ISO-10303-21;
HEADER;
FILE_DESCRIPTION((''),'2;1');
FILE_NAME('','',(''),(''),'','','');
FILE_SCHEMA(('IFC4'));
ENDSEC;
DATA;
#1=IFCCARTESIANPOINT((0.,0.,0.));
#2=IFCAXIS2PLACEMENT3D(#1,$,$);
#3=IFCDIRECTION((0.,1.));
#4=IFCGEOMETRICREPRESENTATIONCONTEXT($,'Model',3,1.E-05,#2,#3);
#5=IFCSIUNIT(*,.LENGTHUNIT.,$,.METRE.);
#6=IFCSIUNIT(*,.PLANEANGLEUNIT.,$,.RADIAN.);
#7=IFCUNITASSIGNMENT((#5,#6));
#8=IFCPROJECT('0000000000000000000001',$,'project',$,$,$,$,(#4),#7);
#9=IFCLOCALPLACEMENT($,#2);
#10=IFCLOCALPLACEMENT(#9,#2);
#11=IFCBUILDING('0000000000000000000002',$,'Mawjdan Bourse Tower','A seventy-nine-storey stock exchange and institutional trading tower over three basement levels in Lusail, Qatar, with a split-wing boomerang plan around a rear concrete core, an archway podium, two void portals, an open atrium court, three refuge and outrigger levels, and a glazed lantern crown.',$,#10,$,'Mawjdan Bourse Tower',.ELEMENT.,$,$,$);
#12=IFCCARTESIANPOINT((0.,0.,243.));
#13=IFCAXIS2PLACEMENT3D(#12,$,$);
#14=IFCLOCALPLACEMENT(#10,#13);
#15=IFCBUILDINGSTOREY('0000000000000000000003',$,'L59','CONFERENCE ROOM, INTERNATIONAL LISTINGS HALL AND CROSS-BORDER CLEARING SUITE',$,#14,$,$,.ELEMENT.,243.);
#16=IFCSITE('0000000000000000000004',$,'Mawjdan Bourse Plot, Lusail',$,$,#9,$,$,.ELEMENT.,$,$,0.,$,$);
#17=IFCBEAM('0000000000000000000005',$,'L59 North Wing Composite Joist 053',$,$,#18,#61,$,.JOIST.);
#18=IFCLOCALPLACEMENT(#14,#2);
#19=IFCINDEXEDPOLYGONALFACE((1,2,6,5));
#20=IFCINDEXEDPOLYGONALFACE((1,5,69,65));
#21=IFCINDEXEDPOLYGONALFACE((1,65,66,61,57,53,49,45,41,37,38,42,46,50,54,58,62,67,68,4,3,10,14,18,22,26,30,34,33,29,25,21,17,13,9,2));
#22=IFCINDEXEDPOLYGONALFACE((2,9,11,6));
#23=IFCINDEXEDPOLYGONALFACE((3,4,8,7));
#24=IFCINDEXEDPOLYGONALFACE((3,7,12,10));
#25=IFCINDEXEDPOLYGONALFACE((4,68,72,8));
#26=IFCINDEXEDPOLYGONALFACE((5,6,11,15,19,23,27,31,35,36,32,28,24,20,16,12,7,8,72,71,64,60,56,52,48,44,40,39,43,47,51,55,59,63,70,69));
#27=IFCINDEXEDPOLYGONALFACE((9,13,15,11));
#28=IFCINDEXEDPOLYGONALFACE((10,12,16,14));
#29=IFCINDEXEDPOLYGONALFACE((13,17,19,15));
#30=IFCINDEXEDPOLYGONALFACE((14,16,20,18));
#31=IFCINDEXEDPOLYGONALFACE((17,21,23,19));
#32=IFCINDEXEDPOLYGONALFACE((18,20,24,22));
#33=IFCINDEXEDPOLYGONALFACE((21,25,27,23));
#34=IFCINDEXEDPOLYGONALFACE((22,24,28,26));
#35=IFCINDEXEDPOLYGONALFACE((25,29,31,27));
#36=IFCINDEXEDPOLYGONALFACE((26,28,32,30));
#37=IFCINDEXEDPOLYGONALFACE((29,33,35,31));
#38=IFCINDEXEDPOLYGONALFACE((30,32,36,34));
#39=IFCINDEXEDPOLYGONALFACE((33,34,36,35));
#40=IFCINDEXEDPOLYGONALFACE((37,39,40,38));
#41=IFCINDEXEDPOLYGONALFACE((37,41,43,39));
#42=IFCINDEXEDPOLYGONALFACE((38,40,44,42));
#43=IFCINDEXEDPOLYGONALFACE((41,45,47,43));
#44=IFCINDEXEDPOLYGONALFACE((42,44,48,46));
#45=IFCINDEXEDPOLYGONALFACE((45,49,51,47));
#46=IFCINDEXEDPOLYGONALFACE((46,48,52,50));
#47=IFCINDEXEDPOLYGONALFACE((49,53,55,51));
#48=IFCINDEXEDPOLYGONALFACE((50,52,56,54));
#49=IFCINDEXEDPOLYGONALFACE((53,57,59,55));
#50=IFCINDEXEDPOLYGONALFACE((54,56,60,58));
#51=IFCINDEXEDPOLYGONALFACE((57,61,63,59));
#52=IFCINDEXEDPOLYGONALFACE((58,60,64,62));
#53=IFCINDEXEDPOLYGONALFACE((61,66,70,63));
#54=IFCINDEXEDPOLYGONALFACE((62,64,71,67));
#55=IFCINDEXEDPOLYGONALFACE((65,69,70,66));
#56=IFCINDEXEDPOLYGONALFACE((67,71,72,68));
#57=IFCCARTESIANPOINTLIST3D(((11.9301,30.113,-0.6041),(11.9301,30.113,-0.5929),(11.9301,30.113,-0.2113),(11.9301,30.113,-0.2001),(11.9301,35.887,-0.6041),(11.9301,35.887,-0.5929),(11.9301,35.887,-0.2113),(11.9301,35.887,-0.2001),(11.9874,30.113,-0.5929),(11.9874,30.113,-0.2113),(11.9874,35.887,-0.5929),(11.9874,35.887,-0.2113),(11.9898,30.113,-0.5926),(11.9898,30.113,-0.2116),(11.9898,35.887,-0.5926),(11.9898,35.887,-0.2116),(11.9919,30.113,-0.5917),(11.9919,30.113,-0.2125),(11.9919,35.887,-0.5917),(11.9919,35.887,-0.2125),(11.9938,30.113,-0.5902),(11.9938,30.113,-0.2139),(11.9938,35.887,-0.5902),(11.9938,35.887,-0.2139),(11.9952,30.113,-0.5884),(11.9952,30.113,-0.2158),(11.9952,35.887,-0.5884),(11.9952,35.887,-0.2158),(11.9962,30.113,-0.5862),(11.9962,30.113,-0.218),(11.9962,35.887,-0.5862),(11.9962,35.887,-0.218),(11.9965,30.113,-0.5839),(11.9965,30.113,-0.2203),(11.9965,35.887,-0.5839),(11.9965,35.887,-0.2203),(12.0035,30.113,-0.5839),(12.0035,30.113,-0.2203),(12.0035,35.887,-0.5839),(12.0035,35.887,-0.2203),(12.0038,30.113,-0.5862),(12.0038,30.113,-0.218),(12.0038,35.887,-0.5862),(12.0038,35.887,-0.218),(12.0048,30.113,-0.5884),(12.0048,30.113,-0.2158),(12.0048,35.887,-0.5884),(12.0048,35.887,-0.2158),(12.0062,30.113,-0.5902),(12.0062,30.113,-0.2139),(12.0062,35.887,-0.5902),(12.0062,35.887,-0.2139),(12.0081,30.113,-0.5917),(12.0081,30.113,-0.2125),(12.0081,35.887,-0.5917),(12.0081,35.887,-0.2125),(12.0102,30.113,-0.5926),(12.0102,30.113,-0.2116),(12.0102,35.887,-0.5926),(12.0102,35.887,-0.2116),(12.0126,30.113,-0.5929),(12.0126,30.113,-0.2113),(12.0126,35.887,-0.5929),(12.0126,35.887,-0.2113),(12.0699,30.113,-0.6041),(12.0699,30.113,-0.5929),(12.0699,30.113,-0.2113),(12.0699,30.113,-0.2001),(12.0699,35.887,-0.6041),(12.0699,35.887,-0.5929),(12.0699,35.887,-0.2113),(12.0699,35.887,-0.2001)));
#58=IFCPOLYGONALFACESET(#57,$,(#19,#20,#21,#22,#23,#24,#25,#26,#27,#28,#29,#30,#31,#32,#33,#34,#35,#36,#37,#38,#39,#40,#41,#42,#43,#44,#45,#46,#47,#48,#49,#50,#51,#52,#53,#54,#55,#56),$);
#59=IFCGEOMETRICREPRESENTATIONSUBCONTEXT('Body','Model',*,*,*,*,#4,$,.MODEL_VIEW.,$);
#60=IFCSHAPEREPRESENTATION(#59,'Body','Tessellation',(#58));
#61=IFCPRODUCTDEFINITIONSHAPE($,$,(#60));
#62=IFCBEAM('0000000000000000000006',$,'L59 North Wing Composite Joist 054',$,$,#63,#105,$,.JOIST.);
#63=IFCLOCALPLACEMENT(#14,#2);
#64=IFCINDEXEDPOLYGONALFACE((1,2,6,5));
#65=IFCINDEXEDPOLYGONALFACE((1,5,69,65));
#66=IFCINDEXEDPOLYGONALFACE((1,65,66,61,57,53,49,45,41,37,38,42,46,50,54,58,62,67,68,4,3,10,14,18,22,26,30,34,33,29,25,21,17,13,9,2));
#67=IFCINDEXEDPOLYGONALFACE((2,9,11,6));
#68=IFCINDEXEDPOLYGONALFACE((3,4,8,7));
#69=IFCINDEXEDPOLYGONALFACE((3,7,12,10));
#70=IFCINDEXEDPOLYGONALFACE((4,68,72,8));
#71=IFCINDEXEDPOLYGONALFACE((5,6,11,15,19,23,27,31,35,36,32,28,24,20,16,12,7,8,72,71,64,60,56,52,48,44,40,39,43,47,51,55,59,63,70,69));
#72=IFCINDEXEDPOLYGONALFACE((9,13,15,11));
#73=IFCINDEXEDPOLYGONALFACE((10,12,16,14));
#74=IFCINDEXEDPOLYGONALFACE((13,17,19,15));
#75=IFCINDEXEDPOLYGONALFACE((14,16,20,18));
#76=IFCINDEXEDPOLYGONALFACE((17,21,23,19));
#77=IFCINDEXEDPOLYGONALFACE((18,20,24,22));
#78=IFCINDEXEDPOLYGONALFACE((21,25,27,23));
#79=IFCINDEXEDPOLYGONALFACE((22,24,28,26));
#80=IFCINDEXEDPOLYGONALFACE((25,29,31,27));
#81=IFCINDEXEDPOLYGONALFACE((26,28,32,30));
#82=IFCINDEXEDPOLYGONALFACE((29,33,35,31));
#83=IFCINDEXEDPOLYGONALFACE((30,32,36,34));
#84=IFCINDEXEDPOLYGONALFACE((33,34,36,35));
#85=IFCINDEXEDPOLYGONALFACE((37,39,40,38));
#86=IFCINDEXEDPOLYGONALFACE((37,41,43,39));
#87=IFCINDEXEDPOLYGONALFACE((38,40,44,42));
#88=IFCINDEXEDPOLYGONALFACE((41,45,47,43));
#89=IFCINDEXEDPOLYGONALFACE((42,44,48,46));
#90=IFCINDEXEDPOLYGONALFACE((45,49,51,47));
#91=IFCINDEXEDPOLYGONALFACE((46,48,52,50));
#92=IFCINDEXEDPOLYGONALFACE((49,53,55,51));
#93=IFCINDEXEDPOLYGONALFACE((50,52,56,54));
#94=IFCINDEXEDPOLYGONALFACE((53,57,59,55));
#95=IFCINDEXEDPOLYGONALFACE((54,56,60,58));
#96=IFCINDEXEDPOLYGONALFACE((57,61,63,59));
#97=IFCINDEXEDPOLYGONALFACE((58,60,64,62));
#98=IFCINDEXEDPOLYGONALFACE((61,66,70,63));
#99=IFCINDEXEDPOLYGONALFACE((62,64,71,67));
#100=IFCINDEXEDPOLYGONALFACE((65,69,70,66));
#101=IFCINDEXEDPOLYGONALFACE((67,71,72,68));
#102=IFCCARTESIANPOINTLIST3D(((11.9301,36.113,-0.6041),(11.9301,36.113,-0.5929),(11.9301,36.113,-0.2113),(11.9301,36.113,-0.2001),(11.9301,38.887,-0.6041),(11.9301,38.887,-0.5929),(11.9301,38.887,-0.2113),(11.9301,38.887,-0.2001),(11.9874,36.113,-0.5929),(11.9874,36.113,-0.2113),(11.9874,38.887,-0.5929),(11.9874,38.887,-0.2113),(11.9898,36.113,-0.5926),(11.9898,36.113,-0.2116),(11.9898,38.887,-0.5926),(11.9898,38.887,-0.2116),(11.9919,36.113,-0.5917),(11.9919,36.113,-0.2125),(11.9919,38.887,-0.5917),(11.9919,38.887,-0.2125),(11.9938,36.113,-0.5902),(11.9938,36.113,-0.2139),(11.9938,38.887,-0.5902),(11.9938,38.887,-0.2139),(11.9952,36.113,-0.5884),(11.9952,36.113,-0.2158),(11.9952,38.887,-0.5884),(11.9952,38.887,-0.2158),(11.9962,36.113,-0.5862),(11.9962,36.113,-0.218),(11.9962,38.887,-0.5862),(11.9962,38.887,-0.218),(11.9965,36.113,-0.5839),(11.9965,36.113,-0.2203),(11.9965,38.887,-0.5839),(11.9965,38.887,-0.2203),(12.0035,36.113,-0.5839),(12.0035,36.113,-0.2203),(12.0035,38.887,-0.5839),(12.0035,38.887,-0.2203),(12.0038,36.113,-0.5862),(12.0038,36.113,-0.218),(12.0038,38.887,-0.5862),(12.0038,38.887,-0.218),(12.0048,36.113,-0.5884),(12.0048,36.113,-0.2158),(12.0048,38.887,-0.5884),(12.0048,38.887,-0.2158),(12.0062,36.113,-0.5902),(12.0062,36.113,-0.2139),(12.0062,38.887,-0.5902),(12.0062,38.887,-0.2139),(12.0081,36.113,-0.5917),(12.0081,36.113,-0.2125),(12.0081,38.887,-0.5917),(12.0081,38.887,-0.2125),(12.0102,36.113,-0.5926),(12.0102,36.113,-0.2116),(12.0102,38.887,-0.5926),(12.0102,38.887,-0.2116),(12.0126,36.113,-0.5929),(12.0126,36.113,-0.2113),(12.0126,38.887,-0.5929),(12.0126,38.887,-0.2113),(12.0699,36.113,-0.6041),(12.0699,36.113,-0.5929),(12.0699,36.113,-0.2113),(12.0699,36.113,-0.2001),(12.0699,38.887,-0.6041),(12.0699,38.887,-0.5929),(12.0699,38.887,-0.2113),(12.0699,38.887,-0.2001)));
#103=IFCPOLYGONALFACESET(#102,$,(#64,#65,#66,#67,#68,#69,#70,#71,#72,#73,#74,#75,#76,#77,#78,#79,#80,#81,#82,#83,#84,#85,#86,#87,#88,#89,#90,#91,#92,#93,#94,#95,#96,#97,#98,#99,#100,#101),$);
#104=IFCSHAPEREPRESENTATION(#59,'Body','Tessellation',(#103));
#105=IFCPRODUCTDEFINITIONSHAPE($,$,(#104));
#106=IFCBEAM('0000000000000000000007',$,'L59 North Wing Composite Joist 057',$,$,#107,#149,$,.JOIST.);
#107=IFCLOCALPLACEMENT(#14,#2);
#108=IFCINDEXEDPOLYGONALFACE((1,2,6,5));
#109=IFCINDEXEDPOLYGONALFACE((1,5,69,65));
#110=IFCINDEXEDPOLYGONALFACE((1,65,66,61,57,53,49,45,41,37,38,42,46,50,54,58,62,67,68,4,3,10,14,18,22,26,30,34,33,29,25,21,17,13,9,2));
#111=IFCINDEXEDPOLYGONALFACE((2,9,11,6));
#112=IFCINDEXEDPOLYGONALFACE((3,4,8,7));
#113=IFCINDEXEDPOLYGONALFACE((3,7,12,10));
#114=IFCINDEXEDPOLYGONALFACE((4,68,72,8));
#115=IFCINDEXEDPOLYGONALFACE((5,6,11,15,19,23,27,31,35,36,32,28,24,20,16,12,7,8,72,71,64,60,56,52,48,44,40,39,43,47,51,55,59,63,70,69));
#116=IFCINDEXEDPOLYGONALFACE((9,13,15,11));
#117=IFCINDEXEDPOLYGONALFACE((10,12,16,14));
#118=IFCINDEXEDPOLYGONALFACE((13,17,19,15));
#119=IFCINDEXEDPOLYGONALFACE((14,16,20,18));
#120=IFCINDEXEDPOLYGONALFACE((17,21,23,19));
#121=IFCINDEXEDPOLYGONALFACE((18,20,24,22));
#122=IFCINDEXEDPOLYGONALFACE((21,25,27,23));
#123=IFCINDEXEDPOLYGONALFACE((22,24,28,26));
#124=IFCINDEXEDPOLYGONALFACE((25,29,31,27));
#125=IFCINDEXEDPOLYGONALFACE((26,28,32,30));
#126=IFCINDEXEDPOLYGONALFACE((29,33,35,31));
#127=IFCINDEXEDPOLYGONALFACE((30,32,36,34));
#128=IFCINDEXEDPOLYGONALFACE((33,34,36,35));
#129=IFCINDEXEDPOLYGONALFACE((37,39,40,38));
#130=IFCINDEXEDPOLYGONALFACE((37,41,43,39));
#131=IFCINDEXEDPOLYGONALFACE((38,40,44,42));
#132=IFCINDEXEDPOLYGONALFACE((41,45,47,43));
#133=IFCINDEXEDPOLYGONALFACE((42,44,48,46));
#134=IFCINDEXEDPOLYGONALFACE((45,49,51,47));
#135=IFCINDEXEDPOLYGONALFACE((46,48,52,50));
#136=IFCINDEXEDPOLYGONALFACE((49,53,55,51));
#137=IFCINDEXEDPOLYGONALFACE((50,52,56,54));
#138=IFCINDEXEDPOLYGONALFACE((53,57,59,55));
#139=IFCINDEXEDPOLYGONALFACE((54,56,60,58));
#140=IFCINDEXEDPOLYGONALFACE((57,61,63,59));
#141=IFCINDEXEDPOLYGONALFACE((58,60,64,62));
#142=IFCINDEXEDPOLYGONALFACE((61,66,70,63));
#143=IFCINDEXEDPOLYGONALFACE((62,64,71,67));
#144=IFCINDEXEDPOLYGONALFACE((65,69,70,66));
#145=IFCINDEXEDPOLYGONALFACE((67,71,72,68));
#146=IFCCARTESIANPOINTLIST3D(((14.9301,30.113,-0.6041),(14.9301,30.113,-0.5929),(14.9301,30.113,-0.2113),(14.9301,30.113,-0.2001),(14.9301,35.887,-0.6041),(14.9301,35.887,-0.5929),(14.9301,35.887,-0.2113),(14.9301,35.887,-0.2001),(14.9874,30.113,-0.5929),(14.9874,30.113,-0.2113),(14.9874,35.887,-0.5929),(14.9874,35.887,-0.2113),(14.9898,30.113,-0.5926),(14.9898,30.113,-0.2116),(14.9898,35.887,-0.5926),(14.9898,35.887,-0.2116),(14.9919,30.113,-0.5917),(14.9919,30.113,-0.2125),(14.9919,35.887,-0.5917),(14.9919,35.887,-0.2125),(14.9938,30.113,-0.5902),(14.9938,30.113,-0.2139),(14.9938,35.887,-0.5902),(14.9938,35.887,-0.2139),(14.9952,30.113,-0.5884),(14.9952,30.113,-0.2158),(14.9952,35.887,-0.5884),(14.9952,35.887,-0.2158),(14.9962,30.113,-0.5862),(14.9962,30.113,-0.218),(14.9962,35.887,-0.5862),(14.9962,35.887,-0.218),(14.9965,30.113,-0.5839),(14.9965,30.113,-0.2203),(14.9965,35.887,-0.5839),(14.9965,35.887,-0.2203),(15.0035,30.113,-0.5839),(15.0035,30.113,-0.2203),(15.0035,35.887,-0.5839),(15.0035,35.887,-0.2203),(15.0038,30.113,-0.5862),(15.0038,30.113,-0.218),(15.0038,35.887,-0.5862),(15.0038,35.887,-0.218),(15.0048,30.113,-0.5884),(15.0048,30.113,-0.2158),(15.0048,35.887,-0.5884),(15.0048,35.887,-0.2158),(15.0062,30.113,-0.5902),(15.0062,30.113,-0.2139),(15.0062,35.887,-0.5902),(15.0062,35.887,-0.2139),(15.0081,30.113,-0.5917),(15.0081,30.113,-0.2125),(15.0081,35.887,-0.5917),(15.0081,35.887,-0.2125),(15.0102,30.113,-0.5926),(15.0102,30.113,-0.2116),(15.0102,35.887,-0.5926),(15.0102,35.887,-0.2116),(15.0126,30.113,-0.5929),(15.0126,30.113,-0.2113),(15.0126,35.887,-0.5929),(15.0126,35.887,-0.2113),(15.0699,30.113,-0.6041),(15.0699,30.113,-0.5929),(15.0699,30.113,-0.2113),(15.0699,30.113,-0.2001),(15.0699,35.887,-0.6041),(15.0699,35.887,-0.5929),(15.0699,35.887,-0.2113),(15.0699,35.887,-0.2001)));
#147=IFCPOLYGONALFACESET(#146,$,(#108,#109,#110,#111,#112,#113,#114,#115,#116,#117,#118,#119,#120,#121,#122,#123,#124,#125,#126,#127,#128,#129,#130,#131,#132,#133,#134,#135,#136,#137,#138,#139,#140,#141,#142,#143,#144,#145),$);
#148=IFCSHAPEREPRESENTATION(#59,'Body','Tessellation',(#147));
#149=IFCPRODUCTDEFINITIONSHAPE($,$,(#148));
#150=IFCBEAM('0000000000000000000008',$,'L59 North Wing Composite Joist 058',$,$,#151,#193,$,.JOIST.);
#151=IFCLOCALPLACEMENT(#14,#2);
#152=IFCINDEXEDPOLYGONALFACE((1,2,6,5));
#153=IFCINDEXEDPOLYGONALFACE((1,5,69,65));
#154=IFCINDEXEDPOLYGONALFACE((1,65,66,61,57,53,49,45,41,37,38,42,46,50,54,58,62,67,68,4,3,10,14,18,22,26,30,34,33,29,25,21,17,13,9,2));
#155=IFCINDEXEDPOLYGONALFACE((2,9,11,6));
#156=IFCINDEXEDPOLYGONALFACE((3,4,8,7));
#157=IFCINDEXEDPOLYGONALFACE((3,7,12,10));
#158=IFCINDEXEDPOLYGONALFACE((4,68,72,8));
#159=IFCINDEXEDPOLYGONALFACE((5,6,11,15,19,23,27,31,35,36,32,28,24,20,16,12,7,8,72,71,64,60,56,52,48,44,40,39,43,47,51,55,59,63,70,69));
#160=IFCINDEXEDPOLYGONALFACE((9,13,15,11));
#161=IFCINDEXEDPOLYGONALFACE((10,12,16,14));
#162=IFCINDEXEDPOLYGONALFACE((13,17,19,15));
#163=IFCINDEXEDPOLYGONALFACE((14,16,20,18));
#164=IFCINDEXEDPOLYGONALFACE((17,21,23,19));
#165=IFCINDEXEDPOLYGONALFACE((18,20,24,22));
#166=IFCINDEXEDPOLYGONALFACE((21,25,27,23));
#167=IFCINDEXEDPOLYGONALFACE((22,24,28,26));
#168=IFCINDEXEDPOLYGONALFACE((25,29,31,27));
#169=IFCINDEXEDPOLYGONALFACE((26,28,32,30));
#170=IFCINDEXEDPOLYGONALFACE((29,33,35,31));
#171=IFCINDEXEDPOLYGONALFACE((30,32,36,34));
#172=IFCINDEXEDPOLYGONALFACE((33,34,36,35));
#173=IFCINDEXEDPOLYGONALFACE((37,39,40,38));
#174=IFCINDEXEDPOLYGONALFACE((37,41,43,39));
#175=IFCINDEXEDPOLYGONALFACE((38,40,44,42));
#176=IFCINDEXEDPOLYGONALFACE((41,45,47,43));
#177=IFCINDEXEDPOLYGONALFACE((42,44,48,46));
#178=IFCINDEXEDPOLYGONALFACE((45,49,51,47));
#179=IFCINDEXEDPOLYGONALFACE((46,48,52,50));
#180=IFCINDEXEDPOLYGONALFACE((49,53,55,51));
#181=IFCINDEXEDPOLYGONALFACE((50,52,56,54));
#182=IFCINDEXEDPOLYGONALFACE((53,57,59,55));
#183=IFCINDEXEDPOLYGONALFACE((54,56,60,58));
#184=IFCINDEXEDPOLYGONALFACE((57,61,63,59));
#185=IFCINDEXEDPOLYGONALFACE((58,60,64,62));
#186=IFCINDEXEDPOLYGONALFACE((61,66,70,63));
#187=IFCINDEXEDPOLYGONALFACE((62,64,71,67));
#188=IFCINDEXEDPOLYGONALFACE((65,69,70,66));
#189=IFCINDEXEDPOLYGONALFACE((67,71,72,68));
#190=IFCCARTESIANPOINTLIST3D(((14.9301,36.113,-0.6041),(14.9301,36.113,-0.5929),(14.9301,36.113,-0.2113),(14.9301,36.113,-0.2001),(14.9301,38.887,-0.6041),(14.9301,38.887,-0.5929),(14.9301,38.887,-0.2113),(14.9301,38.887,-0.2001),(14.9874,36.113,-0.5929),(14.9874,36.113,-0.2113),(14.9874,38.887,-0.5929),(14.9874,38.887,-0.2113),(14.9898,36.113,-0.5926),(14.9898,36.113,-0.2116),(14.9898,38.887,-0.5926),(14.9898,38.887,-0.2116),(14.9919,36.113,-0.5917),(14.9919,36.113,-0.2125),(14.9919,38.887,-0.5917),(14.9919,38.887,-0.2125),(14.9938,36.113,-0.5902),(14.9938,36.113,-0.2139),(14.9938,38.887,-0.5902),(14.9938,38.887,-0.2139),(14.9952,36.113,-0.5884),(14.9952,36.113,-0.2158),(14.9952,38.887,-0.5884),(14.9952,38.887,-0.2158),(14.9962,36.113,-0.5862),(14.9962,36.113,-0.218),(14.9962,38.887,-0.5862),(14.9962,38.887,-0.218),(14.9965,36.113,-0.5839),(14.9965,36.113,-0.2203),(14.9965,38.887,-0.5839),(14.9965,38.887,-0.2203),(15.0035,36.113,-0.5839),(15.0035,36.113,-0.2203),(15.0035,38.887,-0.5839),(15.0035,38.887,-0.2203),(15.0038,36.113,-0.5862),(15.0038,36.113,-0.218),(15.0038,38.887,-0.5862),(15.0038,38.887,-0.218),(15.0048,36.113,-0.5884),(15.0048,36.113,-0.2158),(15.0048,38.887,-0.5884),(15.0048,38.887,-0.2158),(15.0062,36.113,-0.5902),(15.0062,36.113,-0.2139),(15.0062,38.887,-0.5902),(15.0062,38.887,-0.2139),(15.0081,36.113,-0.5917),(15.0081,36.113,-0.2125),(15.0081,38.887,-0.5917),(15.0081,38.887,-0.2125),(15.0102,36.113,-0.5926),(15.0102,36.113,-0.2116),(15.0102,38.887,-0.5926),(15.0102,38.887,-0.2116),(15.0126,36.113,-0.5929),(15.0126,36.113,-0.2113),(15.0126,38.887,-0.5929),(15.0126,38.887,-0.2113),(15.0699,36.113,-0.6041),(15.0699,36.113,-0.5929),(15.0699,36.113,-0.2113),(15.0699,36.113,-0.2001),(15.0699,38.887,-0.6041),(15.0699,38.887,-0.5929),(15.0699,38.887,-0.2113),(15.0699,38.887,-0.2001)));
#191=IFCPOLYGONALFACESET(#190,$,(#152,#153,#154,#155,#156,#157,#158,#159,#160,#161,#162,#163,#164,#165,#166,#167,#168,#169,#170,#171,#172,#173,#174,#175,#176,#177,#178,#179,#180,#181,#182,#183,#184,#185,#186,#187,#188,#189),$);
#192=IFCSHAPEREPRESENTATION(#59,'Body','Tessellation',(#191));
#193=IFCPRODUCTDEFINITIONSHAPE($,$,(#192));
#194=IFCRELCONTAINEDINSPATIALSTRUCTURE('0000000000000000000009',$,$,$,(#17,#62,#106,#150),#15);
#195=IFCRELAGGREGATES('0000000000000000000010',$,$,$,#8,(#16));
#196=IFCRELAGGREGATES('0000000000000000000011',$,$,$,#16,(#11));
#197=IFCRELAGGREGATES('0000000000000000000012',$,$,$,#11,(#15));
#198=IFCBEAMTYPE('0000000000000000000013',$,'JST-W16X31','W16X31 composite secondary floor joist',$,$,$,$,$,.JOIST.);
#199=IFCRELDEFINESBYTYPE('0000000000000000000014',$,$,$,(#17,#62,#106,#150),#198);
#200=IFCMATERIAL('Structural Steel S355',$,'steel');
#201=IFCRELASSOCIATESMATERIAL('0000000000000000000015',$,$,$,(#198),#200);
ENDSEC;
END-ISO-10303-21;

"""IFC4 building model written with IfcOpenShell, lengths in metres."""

from ifc_helpers import new_model, si_unit, direction, frame, origin, origin_2d, place, context, subcontext, project, spatial, i_section, extrude, material, material_profile, profile_set, type_object, element, save


model = new_model("IFC4")

# Units and contexts
model_context = context("Model", 3, precision=1e-05, world=origin(), true_north=direction((0.0, 1.0)))
body_context = subcontext(model_context, "Body", "Model", "MODEL_VIEW")
ifc_project = project(units=[si_unit("LENGTHUNIT", "METRE"), si_unit("PLANEANGLEUNIT", "RADIAN")], contexts=[model_context])

# Site, building, storey
site_placement = place(None, origin())
site = spatial("IfcSite", under=ifc_project, at=site_placement, Name="Mawjdan Bourse Plot, Lusail", CompositionType="ELEMENT", RefElevation=0.0)
building_placement = place(site_placement, origin())
building = spatial("IfcBuilding", under=site, at=building_placement, Name="Mawjdan Bourse Tower", Description="A seventy-nine-storey stock exchange and institutional trading tower over three basement levels in Lusail, Qatar, with a split-wing boomerang plan around a rear concrete core, an archway podium, two void portals, an open atrium court, three refuge and outrigger levels, and a glazed lantern crown.", LongName="Mawjdan Bourse Tower", CompositionType="ELEMENT")
storey_placement = place(building_placement, frame((0.0, 0.0, 243.0)))
storey = spatial("IfcBuildingStorey", under=building, at=storey_placement, Name="L59", Description="CONFERENCE ROOM, INTERNATIONAL LISTINGS HALL AND CROSS-BORDER CLEARING SUITE", CompositionType="ELEMENT", Elevation=243.0)

# Beams
ifc_material_1 = material(Name="Structural Steel S355", Category="steel")
ifc_material_profile_1 = material_profile(ifc_material_1, i_section(OverallWidth=0.1399, OverallDepth=0.4041, WebThickness=0.0071, FlangeThickness=0.0112, FilletRadius=0.009, at=origin_2d()), Name="W16X31")
ifc_profile_set_1 = profile_set([ifc_material_profile_1], Name="Structural Steel S355")
beam_type_1 = type_object("IfcBeamType", Name="JST-W16X31", Description="W16X31 composite secondary floor joist", PredefinedType="JOIST", material=ifc_profile_set_1)
beam_1_placement = place(storey_placement, frame((12.0, 30.113, -0.4021), z_axis=(0.0, 1.0, 0.0), x_axis=(-1.0, 0.0, 0.0)))
element("IfcBeam", 1, at=beam_1_placement, inside=storey, type_object=beam_type_1, Name="L59 North Wing Composite Joist 053", PredefinedType="JOIST", context=body_context, shape_type="SweptSolid", body=[
    extrude(i_section(OverallWidth=0.1399, OverallDepth=0.4041, WebThickness=0.0071, FlangeThickness=0.0112, FilletRadius=0.009, at=origin_2d()), origin(), (0.0, 0.0, 1.0), 5.7739),
])
beam_2_placement = place(storey_placement, frame((12.0, 36.113, -0.4021), z_axis=(0.0, 1.0, 0.0), x_axis=(-1.0, 0.0, 0.0)))
element("IfcBeam", 2, at=beam_2_placement, inside=storey, type_object=beam_type_1, Name="L59 North Wing Composite Joist 054", PredefinedType="JOIST", context=body_context, shape_type="SweptSolid", body=[
    extrude(i_section(OverallWidth=0.1399, OverallDepth=0.4041, WebThickness=0.0071, FlangeThickness=0.0112, FilletRadius=0.009, at=origin_2d()), origin(), (0.0, 0.0, 1.0), 2.7739),
])
beam_3_placement = place(storey_placement, frame((15.0, 30.113, -0.4021), z_axis=(0.0, 1.0, 0.0), x_axis=(-1.0, 0.0, 0.0)))
element("IfcBeam", 3, at=beam_3_placement, inside=storey, type_object=beam_type_1, Name="L59 North Wing Composite Joist 057", PredefinedType="JOIST", context=body_context, shape_type="SweptSolid", body=[
    extrude(i_section(OverallWidth=0.1399, OverallDepth=0.4041, WebThickness=0.0071, FlangeThickness=0.0112, FilletRadius=0.009, at=origin_2d()), origin(), (0.0, 0.0, 1.0), 5.7739),
])
beam_4_placement = place(storey_placement, frame((15.0, 36.113, -0.4021), z_axis=(0.0, 1.0, 0.0), x_axis=(-1.0, 0.0, 0.0)))
element("IfcBeam", 4, at=beam_4_placement, inside=storey, type_object=beam_type_1, Name="L59 North Wing Composite Joist 058", PredefinedType="JOIST", context=body_context, shape_type="SweptSolid", body=[
    extrude(i_section(OverallWidth=0.1399, OverallDepth=0.4041, WebThickness=0.0071, FlangeThickness=0.0112, FilletRadius=0.009, at=origin_2d()), origin(), (0.0, 0.0, 1.0), 2.7739),
])

save(model, "model.ifc")
